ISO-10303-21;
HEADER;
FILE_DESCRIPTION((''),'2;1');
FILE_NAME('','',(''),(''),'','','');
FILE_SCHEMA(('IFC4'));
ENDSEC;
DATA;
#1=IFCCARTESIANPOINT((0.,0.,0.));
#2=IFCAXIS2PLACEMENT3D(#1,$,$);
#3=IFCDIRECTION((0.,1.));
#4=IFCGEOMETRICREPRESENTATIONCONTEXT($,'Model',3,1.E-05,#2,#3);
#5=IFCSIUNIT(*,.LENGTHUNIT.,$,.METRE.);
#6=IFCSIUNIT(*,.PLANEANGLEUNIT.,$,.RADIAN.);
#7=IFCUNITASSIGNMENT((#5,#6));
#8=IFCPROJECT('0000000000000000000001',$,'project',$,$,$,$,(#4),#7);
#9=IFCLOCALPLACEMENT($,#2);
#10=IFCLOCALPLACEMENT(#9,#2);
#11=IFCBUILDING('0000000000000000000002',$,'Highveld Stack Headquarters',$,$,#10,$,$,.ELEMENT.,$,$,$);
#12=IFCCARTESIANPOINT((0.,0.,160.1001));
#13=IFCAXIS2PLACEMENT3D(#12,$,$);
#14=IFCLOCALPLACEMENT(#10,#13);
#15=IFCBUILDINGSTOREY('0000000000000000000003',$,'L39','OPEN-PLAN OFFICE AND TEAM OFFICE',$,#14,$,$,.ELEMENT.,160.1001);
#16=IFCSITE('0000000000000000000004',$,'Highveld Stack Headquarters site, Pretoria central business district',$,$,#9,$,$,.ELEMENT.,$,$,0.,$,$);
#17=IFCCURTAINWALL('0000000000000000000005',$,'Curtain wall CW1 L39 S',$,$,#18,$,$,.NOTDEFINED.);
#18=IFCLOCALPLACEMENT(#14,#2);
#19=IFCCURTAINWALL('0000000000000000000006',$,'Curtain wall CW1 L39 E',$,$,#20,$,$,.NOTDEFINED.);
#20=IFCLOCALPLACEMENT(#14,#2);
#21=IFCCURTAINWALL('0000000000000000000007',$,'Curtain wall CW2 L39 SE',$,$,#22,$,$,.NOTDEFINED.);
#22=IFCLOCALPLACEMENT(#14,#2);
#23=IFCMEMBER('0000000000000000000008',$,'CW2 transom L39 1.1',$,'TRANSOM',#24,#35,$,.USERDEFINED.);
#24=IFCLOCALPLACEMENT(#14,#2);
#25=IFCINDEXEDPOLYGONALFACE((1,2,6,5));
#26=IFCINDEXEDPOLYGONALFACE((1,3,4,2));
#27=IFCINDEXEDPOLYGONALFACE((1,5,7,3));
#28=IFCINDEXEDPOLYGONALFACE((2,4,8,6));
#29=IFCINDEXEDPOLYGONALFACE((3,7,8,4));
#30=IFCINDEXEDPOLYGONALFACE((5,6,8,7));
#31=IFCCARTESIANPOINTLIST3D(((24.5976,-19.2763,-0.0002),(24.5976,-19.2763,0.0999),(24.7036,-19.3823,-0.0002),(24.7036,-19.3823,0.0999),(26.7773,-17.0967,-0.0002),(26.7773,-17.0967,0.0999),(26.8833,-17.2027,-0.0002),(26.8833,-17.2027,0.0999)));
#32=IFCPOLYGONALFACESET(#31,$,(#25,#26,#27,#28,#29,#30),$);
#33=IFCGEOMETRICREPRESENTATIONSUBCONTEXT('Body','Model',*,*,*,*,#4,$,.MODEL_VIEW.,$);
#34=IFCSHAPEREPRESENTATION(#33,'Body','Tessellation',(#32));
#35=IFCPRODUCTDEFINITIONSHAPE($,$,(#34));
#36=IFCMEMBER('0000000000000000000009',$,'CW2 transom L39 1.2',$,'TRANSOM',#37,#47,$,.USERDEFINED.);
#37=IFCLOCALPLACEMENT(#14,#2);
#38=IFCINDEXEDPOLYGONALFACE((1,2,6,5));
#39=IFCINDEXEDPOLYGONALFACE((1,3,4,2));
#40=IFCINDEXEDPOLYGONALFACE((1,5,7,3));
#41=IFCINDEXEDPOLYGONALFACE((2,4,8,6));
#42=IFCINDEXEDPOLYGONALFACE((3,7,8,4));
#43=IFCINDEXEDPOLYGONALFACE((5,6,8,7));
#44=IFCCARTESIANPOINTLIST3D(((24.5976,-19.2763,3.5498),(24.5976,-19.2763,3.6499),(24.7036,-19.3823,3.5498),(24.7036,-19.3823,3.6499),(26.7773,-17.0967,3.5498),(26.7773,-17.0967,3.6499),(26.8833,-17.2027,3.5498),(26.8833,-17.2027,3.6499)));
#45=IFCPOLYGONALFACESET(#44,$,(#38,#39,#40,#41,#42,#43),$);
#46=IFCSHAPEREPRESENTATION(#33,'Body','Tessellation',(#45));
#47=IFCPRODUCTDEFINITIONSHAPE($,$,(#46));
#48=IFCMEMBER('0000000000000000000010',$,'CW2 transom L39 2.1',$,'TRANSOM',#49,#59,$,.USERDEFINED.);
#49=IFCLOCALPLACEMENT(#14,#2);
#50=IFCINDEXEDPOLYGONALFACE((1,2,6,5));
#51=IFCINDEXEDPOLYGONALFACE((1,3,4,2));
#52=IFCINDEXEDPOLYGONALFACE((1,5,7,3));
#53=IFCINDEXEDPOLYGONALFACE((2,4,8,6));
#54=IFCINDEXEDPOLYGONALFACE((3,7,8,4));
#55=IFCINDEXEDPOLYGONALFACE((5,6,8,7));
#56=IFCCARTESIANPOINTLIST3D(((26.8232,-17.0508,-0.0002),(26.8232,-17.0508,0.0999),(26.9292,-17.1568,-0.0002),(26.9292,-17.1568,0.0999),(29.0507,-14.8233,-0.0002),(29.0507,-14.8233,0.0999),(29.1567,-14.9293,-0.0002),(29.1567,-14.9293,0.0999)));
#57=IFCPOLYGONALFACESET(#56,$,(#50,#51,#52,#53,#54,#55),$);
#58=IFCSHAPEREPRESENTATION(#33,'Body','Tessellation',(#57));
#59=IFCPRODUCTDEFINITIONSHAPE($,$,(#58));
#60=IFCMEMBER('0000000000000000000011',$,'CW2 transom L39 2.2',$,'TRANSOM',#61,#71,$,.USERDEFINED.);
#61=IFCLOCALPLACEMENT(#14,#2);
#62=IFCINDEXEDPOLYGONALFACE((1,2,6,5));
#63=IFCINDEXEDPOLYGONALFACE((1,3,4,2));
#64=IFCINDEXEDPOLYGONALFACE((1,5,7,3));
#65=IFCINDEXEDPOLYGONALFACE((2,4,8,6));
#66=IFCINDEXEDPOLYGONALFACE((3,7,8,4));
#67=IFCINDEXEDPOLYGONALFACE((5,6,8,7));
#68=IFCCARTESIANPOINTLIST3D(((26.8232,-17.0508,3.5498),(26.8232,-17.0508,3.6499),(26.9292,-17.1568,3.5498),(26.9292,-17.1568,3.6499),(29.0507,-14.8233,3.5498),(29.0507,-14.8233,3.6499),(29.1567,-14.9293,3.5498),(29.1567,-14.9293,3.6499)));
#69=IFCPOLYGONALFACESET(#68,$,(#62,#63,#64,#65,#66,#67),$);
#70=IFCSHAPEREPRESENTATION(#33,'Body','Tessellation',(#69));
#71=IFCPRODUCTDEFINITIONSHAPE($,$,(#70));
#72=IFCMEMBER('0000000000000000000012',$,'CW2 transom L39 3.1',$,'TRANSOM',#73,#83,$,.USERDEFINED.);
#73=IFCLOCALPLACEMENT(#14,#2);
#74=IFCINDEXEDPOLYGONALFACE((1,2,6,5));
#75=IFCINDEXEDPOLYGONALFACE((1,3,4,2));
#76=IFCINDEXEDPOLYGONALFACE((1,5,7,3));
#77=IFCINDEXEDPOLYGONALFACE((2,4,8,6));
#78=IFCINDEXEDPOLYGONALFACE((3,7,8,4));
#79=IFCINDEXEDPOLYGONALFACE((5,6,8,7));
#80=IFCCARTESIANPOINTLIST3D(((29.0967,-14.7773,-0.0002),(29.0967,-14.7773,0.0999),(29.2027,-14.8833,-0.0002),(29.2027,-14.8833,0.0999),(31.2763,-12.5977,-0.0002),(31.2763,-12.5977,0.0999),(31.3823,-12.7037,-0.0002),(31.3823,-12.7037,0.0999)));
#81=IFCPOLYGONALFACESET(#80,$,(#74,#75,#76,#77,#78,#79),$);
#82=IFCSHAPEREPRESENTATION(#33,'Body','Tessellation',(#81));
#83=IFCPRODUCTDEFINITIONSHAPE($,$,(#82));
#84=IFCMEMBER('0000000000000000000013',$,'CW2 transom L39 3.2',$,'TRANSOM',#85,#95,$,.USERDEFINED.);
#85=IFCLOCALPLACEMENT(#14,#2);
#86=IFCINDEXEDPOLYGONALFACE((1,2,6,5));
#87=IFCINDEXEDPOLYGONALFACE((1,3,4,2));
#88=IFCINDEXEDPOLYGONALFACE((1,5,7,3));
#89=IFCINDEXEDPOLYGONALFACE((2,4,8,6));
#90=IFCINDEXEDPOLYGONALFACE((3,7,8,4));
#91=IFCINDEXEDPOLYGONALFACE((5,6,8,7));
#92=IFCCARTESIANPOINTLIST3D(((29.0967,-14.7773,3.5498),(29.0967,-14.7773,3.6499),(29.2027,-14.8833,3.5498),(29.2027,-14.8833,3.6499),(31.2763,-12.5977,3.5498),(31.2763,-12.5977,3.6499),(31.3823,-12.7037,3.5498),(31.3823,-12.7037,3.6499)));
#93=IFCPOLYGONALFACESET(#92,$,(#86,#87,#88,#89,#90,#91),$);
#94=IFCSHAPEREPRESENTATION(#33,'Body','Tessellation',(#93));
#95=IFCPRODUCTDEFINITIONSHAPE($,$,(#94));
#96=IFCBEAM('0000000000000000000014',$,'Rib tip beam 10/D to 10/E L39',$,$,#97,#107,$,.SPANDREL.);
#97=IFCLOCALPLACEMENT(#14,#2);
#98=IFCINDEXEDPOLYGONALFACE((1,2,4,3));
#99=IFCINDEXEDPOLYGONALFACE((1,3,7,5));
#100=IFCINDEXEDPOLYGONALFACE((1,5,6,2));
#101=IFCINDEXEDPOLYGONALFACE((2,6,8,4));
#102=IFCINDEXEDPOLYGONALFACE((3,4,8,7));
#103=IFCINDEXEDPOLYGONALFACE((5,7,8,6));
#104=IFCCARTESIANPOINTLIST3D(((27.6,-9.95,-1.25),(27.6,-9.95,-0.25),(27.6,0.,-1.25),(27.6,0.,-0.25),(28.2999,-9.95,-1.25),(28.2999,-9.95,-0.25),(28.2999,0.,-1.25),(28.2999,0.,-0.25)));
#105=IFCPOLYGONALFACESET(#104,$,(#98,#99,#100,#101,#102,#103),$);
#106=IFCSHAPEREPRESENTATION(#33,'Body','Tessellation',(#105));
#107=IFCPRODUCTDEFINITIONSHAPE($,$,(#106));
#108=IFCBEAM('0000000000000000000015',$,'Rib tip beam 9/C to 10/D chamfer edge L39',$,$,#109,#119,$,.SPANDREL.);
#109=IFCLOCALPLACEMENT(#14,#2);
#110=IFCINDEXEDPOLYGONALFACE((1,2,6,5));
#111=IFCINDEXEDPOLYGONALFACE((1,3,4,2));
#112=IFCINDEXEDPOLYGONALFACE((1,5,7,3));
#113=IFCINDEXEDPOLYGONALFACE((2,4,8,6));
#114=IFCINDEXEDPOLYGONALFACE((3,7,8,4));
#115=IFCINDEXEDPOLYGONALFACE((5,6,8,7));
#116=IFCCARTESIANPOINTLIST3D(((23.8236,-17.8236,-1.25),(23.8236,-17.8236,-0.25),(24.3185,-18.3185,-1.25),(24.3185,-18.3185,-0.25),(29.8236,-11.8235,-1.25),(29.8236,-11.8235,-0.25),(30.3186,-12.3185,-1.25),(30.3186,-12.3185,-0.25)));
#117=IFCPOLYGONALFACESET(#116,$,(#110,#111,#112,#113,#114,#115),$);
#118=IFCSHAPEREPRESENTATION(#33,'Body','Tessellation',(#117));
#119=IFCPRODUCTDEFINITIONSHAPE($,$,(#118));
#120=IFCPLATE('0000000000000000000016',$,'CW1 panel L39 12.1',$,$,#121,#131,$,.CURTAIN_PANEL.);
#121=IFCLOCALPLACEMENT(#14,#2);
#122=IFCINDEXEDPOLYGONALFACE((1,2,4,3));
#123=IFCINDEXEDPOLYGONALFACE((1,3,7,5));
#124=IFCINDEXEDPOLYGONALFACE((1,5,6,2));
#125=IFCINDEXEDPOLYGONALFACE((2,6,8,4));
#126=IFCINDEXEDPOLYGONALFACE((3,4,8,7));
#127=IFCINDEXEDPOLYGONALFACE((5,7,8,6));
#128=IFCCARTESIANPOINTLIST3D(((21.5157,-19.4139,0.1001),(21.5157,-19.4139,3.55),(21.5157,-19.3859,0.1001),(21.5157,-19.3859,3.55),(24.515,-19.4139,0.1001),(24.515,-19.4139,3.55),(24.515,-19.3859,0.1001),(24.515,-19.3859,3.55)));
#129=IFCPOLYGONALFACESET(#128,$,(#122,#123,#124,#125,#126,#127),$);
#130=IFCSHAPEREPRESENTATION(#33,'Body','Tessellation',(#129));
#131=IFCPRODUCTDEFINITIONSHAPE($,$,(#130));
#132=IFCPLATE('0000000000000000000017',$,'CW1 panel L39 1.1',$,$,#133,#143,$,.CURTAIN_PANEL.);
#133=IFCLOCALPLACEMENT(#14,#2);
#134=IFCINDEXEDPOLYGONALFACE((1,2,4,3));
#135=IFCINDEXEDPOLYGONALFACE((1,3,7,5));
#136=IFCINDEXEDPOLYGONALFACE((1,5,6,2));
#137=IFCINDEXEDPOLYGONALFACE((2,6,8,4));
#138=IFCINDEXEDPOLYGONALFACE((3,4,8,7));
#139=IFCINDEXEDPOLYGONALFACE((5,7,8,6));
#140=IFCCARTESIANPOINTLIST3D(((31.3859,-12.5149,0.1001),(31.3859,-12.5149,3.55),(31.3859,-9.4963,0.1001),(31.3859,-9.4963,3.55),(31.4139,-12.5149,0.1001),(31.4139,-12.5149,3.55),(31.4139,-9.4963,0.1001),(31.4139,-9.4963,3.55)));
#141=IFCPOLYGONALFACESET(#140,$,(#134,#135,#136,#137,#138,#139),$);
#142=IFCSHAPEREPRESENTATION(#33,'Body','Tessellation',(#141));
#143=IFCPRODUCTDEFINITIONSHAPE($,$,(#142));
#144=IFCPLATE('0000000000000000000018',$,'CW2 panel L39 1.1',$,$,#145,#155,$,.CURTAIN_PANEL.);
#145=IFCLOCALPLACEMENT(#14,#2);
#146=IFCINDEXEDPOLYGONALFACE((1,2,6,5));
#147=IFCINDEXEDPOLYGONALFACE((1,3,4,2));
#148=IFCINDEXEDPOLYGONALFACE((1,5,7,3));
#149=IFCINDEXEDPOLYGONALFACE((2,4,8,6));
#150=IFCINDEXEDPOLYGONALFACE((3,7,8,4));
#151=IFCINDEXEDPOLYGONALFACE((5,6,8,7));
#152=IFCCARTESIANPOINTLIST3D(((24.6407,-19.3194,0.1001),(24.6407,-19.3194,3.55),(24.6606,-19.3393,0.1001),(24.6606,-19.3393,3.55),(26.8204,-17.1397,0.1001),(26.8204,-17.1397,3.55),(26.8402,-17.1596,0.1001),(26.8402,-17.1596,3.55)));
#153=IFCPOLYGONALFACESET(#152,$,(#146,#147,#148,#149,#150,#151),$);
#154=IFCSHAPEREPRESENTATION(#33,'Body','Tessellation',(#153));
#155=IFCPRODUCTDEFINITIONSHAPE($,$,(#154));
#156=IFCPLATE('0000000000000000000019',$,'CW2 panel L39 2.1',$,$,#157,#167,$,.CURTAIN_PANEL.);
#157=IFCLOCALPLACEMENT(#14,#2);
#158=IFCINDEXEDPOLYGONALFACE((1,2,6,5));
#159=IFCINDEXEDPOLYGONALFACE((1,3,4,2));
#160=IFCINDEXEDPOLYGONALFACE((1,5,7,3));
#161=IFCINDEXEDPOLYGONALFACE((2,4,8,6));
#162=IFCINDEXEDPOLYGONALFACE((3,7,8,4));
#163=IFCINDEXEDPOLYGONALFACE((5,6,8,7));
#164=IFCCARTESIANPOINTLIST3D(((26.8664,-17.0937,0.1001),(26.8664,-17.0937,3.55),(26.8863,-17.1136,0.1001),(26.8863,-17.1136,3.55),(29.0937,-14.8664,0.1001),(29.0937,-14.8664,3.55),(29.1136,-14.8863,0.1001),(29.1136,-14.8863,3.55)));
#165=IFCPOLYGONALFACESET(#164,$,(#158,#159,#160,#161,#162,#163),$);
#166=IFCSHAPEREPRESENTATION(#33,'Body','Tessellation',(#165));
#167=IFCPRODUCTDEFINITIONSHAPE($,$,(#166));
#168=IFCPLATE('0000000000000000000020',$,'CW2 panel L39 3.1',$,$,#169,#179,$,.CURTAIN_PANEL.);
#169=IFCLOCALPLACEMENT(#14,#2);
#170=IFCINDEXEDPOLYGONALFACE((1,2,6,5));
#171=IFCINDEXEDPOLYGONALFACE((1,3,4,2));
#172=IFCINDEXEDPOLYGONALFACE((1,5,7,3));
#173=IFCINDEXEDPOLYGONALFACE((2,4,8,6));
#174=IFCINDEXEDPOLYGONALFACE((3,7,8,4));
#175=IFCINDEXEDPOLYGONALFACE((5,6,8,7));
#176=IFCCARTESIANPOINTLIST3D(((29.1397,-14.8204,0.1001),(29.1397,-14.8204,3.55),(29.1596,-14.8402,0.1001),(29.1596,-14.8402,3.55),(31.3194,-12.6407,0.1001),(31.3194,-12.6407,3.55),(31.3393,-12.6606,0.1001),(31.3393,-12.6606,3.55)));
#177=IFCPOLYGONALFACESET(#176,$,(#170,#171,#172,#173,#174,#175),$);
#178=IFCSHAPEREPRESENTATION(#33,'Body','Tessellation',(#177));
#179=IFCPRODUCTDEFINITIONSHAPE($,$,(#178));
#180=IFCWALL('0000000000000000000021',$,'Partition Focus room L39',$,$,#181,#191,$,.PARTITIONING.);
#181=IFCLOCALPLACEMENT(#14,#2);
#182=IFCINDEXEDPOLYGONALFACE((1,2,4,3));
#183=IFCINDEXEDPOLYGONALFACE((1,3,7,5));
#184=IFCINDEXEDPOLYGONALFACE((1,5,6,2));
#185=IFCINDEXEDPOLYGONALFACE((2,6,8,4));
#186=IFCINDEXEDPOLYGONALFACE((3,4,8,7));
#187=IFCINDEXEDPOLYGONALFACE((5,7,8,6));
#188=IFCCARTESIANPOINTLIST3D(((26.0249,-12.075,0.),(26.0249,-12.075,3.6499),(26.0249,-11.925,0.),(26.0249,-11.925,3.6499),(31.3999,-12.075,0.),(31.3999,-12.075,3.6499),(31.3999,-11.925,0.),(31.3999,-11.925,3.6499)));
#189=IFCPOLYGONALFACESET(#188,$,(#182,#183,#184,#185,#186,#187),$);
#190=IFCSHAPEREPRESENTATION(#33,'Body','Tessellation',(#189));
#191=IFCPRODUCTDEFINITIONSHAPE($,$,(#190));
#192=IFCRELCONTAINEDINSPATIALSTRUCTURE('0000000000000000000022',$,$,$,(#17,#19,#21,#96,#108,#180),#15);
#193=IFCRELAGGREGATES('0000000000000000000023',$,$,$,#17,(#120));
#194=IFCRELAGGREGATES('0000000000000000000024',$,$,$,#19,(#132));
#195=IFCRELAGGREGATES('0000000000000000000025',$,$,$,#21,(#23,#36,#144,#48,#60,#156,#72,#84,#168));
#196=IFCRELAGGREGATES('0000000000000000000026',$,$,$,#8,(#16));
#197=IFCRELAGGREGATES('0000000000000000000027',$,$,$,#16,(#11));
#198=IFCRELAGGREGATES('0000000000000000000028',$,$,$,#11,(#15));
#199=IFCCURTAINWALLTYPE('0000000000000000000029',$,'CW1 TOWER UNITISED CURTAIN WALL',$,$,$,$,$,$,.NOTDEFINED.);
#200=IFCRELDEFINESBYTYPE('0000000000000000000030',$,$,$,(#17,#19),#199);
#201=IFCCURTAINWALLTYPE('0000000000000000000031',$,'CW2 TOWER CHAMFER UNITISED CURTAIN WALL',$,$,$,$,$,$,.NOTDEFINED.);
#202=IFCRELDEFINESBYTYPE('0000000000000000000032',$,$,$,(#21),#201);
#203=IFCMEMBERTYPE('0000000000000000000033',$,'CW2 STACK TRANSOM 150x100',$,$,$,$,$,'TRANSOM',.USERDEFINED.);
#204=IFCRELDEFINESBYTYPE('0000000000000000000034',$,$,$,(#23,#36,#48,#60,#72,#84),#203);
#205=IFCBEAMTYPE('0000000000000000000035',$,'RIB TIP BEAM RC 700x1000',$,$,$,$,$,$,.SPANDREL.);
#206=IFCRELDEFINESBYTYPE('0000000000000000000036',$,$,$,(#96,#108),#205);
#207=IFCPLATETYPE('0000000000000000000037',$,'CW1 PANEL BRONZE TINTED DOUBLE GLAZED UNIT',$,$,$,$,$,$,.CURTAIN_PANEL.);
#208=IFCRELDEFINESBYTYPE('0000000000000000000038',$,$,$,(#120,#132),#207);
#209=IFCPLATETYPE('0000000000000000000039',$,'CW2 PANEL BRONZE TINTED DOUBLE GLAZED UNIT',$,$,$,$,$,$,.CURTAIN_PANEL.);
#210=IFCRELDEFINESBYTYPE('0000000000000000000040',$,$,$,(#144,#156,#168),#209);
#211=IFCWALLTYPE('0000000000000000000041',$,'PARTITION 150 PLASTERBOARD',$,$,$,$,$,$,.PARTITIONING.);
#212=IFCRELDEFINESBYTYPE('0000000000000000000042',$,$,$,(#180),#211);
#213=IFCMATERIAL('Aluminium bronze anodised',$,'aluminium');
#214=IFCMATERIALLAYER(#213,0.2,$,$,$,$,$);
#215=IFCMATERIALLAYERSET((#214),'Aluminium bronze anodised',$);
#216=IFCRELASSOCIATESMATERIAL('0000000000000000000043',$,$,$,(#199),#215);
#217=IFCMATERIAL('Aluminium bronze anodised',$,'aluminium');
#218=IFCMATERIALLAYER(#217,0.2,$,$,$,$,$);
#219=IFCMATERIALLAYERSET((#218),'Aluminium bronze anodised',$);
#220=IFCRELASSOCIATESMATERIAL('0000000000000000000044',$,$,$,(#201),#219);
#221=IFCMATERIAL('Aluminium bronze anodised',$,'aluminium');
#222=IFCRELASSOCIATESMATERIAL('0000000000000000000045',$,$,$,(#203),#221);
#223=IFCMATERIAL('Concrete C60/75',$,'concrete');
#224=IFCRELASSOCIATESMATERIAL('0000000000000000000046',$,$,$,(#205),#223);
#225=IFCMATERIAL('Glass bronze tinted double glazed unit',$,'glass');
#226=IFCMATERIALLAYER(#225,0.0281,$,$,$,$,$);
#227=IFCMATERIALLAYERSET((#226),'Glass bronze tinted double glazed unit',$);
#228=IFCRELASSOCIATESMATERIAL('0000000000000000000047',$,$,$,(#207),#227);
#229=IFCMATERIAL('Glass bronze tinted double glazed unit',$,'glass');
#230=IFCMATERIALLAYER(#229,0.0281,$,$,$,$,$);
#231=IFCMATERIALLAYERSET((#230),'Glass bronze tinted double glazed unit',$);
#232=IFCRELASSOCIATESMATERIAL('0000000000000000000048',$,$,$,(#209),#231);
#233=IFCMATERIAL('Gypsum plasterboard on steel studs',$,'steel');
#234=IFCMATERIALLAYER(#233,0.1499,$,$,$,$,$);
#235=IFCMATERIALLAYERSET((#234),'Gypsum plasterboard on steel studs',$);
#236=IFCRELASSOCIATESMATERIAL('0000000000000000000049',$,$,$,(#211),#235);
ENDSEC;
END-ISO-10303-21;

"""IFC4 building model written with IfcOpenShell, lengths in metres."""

from ifc_helpers import new_model, si_unit, direction, frame, frame_2d, origin, origin_2d, place, context, subcontext, project, spatial, rectangle, extrude, material, layer, layer_set, material_profile, profile_set, type_object, element, aggregate, save


model = new_model("IFC4")

# Units and contexts
model_context = context("Model", 3, precision=1e-05, world=origin(), true_north=direction((0.0, 1.0)))
body_context = subcontext(model_context, "Body", "Model", "MODEL_VIEW")
ifc_project = project(units=[si_unit("LENGTHUNIT", "METRE"), si_unit("PLANEANGLEUNIT", "RADIAN")], contexts=[model_context])

# Site, building, storey
site_placement = place(None, origin())
site = spatial("IfcSite", under=ifc_project, at=site_placement, Name="Highveld Stack Headquarters site, Pretoria central business district", CompositionType="ELEMENT", RefElevation=0.0)
building_placement = place(site_placement, origin())
building = spatial("IfcBuilding", under=site, at=building_placement, Name="Highveld Stack Headquarters", CompositionType="ELEMENT")
storey_placement = place(building_placement, frame((0.0, 0.0, 160.1001)))
storey = spatial("IfcBuildingStorey", under=building, at=storey_placement, Name="L39", Description="OPEN-PLAN OFFICE AND TEAM OFFICE", CompositionType="ELEMENT", Elevation=160.1001)

# Curtain wall
ifc_material_1 = material(Name="Aluminium bronze anodised", Category="aluminium")
ifc_layer_1 = layer(ifc_material_1, 0.2)
ifc_layer_set_1 = layer_set([ifc_layer_1], Name="Aluminium bronze anodised")
curtain_wall_type_1 = type_object("IfcCurtainWallType", Name="CW1 TOWER UNITISED CURTAIN WALL", PredefinedType="NOTDEFINED", material=ifc_layer_set_1)
curtain_wall_1_placement = place(storey_placement, origin())
curtain_wall_1 = element("IfcCurtainWall", 1, at=curtain_wall_1_placement, inside=storey, type_object=curtain_wall_type_1, Name="Curtain wall CW1 L39 S", PredefinedType="NOTDEFINED")

# Curtain wall
curtain_wall_2_placement = place(storey_placement, origin())
curtain_wall_2 = element("IfcCurtainWall", 2, at=curtain_wall_2_placement, inside=storey, type_object=curtain_wall_type_1, Name="Curtain wall CW1 L39 E", PredefinedType="NOTDEFINED")

# Curtain wall, members
ifc_material_2 = material(Name="Aluminium bronze anodised", Category="aluminium")
ifc_layer_2 = layer(ifc_material_2, 0.2)
ifc_layer_set_2 = layer_set([ifc_layer_2], Name="Aluminium bronze anodised")
curtain_wall_type_2 = type_object("IfcCurtainWallType", Name="CW2 TOWER CHAMFER UNITISED CURTAIN WALL", PredefinedType="NOTDEFINED", material=ifc_layer_set_2)
curtain_wall_3_placement = place(storey_placement, origin())
curtain_wall_3 = element("IfcCurtainWall", 3, at=curtain_wall_3_placement, inside=storey, type_object=curtain_wall_type_2, Name="Curtain wall CW2 L39 SE", PredefinedType="NOTDEFINED")
ifc_material_3 = material(Name="Aluminium bronze anodised", Category="aluminium")
ifc_material_profile_1 = material_profile(ifc_material_3, rectangle(XDim=0.1499, YDim=0.1001, at=origin_2d()), Name="CW2 TRANSOM 150x100")
ifc_profile_set_1 = profile_set([ifc_material_profile_1], Name="Aluminium bronze anodised")
member_type_1 = type_object("IfcMemberType", Name="CW2 STACK TRANSOM 150x100", ElementType="TRANSOM", PredefinedType="USERDEFINED", material=ifc_profile_set_1)
member_1_placement = place(storey_placement, frame((24.6506, -19.3293, 0.0498), z_axis=(0.707107, 0.707107, 0.0), x_axis=(-0.707107, 0.707107, 0.0)))
member_1 = element("IfcMember", 4, at=member_1_placement, type_object=member_type_1, Name="CW2 transom L39 1.1", ObjectType="TRANSOM", PredefinedType="USERDEFINED", context=body_context, shape_type="SweptSolid", body=[
    extrude(rectangle(XDim=0.1499, YDim=0.1001, at=origin_2d()), origin(), (0.0, 0.0, 1.0), 3.0825),
])
member_2_placement = place(storey_placement, frame((24.6506, -19.3293, 3.5999), z_axis=(0.707107, 0.707107, 0.0), x_axis=(-0.707107, 0.707107, 0.0)))
member_2 = element("IfcMember", 5, at=member_2_placement, type_object=member_type_1, Name="CW2 transom L39 1.2", ObjectType="TRANSOM", PredefinedType="USERDEFINED", context=body_context, shape_type="SweptSolid", body=[
    extrude(rectangle(XDim=0.1499, YDim=0.1001, at=origin_2d()), origin(), (0.0, 0.0, 1.0), 3.0825),
])
member_3_placement = place(storey_placement, frame((26.8762, -17.1038, 0.0498), z_axis=(0.707107, 0.707107, 0.0), x_axis=(-0.707107, 0.707107, 0.0)))
member_3 = element("IfcMember", 6, at=member_3_placement, type_object=member_type_1, Name="CW2 transom L39 2.1", ObjectType="TRANSOM", PredefinedType="USERDEFINED", context=body_context, shape_type="SweptSolid", body=[
    extrude(rectangle(XDim=0.1499, YDim=0.1001, at=origin_2d()), origin(), (0.0, 0.0, 1.0), 3.1501),
])
member_4_placement = place(storey_placement, frame((26.8762, -17.1038, 3.5999), z_axis=(0.707107, 0.707107, 0.0), x_axis=(-0.707107, 0.707107, 0.0)))
member_4 = element("IfcMember", 7, at=member_4_placement, type_object=member_type_1, Name="CW2 transom L39 2.2", ObjectType="TRANSOM", PredefinedType="USERDEFINED", context=body_context, shape_type="SweptSolid", body=[
    extrude(rectangle(XDim=0.1499, YDim=0.1001, at=origin_2d()), origin(), (0.0, 0.0, 1.0), 3.1501),
])
member_5_placement = place(storey_placement, frame((29.1497, -14.8303, 0.0498), z_axis=(0.707107, 0.707107, 0.0), x_axis=(-0.707107, 0.707107, 0.0)))
member_5 = element("IfcMember", 8, at=member_5_placement, type_object=member_type_1, Name="CW2 transom L39 3.1", ObjectType="TRANSOM", PredefinedType="USERDEFINED", context=body_context, shape_type="SweptSolid", body=[
    extrude(rectangle(XDim=0.1499, YDim=0.1001, at=origin_2d()), origin(), (0.0, 0.0, 1.0), 3.0825),
])
member_6_placement = place(storey_placement, frame((29.1497, -14.8303, 3.5999), z_axis=(0.707107, 0.707107, 0.0), x_axis=(-0.707107, 0.707107, 0.0)))
member_6 = element("IfcMember", 9, at=member_6_placement, type_object=member_type_1, Name="CW2 transom L39 3.2", ObjectType="TRANSOM", PredefinedType="USERDEFINED", context=body_context, shape_type="SweptSolid", body=[
    extrude(rectangle(XDim=0.1499, YDim=0.1001, at=origin_2d()), origin(), (0.0, 0.0, 1.0), 3.0825),
])

# Beams
ifc_material_4 = material(Name="Concrete C60/75", Category="concrete")
ifc_material_profile_2 = material_profile(ifc_material_4, rectangle(XDim=0.7, YDim=1.0, at=origin_2d()), Name="RC 700x1000")
ifc_profile_set_2 = profile_set([ifc_material_profile_2], Name="Concrete C60/75")
beam_type = type_object("IfcBeamType", Name="RIB TIP BEAM RC 700x1000", PredefinedType="SPANDREL", material=ifc_profile_set_2)
beam_1_placement = place(storey_placement, frame((27.95, -9.95, -0.75), z_axis=(0.0, 1.0, 0.0), x_axis=(-1.0, 0.0, 0.0)))
element("IfcBeam", 10, at=beam_1_placement, inside=storey, type_object=beam_type, Name="Rib tip beam 10/D to 10/E L39", PredefinedType="SPANDREL", context=body_context, shape_type="SweptSolid", body=[
    extrude(rectangle(XDim=0.7, YDim=1.0, at=origin_2d()), origin(), (0.0, 0.0, 1.0), 9.95),
])
beam_2_placement = place(storey_placement, frame((24.071, -18.071, -0.75), z_axis=(0.707107, 0.707107, 0.0), x_axis=(-0.707107, 0.707107, 0.0)))
element("IfcBeam", 11, at=beam_2_placement, inside=storey, type_object=beam_type, Name="Rib tip beam 9/C to 10/D chamfer edge L39", PredefinedType="SPANDREL", context=body_context, shape_type="SweptSolid", body=[
    extrude(rectangle(XDim=0.7, YDim=1.0, at=origin_2d()), origin(), (0.0, 0.0, 1.0), 8.4854),
])

# Plates
ifc_material_5 = material(Name="Glass bronze tinted double glazed unit", Category="glass")
ifc_layer_3 = layer(ifc_material_5, 0.0281)
ifc_layer_set_3 = layer_set([ifc_layer_3], Name="Glass bronze tinted double glazed unit")
plate_type_1 = type_object("IfcPlateType", Name="CW1 PANEL BRONZE TINTED DOUBLE GLAZED UNIT", PredefinedType="CURTAIN_PANEL", material=ifc_layer_set_3)
plate_1_placement = place(storey_placement, frame((23.0154, -19.3999, 0.1001), z_axis=(0.0, 0.0, 1.0), x_axis=(1.0, 0.0, 0.0)))
plate_1 = element("IfcPlate", 12, at=plate_1_placement, type_object=plate_type_1, Name="CW1 panel L39 12.1", PredefinedType="CURTAIN_PANEL", context=body_context, shape_type="SweptSolid", body=[
    extrude(rectangle(XDim=2.9993, YDim=0.0281, at=origin_2d()), origin(), (0.0, 0.0, 1.0), 3.45),
])
aggregate(curtain_wall_1, [plate_1])
plate_2_placement = place(storey_placement, frame((31.3999, -11.0056, 0.1001), z_axis=(0.0, 0.0, 1.0), x_axis=(0.0, 1.0, 0.0)))
plate_2 = element("IfcPlate", 13, at=plate_2_placement, type_object=plate_type_1, Name="CW1 panel L39 1.1", PredefinedType="CURTAIN_PANEL", context=body_context, shape_type="SweptSolid", body=[
    extrude(rectangle(XDim=3.0186, YDim=0.0281, at=origin_2d()), origin(), (0.0, 0.0, 1.0), 3.45),
])
aggregate(curtain_wall_2, [plate_2])
ifc_material_6 = material(Name="Glass bronze tinted double glazed unit", Category="glass")
ifc_layer_4 = layer(ifc_material_6, 0.0281)
ifc_layer_set_4 = layer_set([ifc_layer_4], Name="Glass bronze tinted double glazed unit")
plate_type_2 = type_object("IfcPlateType", Name="CW2 PANEL BRONZE TINTED DOUBLE GLAZED UNIT", PredefinedType="CURTAIN_PANEL", material=ifc_layer_set_4)
plate_3_placement = place(storey_placement, frame((25.7405, -18.2395, 0.1001), z_axis=(0.0, 0.0, 1.0), x_axis=(0.707107, 0.707107, 0.0)))
plate_3 = element("IfcPlate", 14, at=plate_3_placement, type_object=plate_type_2, Name="CW2 panel L39 1.1", PredefinedType="CURTAIN_PANEL", context=body_context, shape_type="SweptSolid", body=[
    extrude(rectangle(XDim=3.0825, YDim=0.0281, at=origin_2d()), origin(), (0.0, 0.0, 1.0), 3.45),
])
plate_4_placement = place(storey_placement, frame((27.99, -15.99, 0.1001), z_axis=(0.0, 0.0, 1.0), x_axis=(0.707107, 0.707107, 0.0)))
plate_4 = element("IfcPlate", 15, at=plate_4_placement, type_object=plate_type_2, Name="CW2 panel L39 2.1", PredefinedType="CURTAIN_PANEL", context=body_context, shape_type="SweptSolid", body=[
    extrude(rectangle(XDim=3.1499, YDim=0.0281, at=origin_2d()), origin(), (0.0, 0.0, 1.0), 3.45),
])
plate_5_placement = place(storey_placement, frame((30.2395, -13.7405, 0.1001), z_axis=(0.0, 0.0, 1.0), x_axis=(0.707107, 0.707107, 0.0)))
plate_5 = element("IfcPlate", 16, at=plate_5_placement, type_object=plate_type_2, Name="CW2 panel L39 3.1", PredefinedType="CURTAIN_PANEL", context=body_context, shape_type="SweptSolid", body=[
    extrude(rectangle(XDim=3.0825, YDim=0.0281, at=origin_2d()), origin(), (0.0, 0.0, 1.0), 3.45),
])
aggregate(curtain_wall_3, [member_1, member_2, plate_3, member_3, member_4, plate_4, member_5, member_6, plate_5])

# Wall
ifc_material_7 = material(Name="Gypsum plasterboard on steel studs", Category="steel")
ifc_layer_5 = layer(ifc_material_7, 0.1499)
ifc_layer_set_5 = layer_set([ifc_layer_5], Name="Gypsum plasterboard on steel studs")
wall_type = type_object("IfcWallType", Name="PARTITION 150 PLASTERBOARD", PredefinedType="PARTITIONING", material=ifc_layer_set_5)
wall_1_placement = place(storey_placement, frame((26.0249, -12.0, 0.0), z_axis=(0.0, 0.0, 1.0), x_axis=(1.0, 0.0, 0.0)))
element("IfcWall", 17, at=wall_1_placement, inside=storey, type_object=wall_type, Name="Partition Focus room L39", PredefinedType="PARTITIONING", context=body_context, shape_type="SweptSolid", body=[
    extrude(rectangle(XDim=5.375, YDim=0.1499, at=frame_2d((2.6875, 0.0))), origin(), (0.0, 0.0, 1.0), 3.6499),
])

save(model, "model.ifc")
